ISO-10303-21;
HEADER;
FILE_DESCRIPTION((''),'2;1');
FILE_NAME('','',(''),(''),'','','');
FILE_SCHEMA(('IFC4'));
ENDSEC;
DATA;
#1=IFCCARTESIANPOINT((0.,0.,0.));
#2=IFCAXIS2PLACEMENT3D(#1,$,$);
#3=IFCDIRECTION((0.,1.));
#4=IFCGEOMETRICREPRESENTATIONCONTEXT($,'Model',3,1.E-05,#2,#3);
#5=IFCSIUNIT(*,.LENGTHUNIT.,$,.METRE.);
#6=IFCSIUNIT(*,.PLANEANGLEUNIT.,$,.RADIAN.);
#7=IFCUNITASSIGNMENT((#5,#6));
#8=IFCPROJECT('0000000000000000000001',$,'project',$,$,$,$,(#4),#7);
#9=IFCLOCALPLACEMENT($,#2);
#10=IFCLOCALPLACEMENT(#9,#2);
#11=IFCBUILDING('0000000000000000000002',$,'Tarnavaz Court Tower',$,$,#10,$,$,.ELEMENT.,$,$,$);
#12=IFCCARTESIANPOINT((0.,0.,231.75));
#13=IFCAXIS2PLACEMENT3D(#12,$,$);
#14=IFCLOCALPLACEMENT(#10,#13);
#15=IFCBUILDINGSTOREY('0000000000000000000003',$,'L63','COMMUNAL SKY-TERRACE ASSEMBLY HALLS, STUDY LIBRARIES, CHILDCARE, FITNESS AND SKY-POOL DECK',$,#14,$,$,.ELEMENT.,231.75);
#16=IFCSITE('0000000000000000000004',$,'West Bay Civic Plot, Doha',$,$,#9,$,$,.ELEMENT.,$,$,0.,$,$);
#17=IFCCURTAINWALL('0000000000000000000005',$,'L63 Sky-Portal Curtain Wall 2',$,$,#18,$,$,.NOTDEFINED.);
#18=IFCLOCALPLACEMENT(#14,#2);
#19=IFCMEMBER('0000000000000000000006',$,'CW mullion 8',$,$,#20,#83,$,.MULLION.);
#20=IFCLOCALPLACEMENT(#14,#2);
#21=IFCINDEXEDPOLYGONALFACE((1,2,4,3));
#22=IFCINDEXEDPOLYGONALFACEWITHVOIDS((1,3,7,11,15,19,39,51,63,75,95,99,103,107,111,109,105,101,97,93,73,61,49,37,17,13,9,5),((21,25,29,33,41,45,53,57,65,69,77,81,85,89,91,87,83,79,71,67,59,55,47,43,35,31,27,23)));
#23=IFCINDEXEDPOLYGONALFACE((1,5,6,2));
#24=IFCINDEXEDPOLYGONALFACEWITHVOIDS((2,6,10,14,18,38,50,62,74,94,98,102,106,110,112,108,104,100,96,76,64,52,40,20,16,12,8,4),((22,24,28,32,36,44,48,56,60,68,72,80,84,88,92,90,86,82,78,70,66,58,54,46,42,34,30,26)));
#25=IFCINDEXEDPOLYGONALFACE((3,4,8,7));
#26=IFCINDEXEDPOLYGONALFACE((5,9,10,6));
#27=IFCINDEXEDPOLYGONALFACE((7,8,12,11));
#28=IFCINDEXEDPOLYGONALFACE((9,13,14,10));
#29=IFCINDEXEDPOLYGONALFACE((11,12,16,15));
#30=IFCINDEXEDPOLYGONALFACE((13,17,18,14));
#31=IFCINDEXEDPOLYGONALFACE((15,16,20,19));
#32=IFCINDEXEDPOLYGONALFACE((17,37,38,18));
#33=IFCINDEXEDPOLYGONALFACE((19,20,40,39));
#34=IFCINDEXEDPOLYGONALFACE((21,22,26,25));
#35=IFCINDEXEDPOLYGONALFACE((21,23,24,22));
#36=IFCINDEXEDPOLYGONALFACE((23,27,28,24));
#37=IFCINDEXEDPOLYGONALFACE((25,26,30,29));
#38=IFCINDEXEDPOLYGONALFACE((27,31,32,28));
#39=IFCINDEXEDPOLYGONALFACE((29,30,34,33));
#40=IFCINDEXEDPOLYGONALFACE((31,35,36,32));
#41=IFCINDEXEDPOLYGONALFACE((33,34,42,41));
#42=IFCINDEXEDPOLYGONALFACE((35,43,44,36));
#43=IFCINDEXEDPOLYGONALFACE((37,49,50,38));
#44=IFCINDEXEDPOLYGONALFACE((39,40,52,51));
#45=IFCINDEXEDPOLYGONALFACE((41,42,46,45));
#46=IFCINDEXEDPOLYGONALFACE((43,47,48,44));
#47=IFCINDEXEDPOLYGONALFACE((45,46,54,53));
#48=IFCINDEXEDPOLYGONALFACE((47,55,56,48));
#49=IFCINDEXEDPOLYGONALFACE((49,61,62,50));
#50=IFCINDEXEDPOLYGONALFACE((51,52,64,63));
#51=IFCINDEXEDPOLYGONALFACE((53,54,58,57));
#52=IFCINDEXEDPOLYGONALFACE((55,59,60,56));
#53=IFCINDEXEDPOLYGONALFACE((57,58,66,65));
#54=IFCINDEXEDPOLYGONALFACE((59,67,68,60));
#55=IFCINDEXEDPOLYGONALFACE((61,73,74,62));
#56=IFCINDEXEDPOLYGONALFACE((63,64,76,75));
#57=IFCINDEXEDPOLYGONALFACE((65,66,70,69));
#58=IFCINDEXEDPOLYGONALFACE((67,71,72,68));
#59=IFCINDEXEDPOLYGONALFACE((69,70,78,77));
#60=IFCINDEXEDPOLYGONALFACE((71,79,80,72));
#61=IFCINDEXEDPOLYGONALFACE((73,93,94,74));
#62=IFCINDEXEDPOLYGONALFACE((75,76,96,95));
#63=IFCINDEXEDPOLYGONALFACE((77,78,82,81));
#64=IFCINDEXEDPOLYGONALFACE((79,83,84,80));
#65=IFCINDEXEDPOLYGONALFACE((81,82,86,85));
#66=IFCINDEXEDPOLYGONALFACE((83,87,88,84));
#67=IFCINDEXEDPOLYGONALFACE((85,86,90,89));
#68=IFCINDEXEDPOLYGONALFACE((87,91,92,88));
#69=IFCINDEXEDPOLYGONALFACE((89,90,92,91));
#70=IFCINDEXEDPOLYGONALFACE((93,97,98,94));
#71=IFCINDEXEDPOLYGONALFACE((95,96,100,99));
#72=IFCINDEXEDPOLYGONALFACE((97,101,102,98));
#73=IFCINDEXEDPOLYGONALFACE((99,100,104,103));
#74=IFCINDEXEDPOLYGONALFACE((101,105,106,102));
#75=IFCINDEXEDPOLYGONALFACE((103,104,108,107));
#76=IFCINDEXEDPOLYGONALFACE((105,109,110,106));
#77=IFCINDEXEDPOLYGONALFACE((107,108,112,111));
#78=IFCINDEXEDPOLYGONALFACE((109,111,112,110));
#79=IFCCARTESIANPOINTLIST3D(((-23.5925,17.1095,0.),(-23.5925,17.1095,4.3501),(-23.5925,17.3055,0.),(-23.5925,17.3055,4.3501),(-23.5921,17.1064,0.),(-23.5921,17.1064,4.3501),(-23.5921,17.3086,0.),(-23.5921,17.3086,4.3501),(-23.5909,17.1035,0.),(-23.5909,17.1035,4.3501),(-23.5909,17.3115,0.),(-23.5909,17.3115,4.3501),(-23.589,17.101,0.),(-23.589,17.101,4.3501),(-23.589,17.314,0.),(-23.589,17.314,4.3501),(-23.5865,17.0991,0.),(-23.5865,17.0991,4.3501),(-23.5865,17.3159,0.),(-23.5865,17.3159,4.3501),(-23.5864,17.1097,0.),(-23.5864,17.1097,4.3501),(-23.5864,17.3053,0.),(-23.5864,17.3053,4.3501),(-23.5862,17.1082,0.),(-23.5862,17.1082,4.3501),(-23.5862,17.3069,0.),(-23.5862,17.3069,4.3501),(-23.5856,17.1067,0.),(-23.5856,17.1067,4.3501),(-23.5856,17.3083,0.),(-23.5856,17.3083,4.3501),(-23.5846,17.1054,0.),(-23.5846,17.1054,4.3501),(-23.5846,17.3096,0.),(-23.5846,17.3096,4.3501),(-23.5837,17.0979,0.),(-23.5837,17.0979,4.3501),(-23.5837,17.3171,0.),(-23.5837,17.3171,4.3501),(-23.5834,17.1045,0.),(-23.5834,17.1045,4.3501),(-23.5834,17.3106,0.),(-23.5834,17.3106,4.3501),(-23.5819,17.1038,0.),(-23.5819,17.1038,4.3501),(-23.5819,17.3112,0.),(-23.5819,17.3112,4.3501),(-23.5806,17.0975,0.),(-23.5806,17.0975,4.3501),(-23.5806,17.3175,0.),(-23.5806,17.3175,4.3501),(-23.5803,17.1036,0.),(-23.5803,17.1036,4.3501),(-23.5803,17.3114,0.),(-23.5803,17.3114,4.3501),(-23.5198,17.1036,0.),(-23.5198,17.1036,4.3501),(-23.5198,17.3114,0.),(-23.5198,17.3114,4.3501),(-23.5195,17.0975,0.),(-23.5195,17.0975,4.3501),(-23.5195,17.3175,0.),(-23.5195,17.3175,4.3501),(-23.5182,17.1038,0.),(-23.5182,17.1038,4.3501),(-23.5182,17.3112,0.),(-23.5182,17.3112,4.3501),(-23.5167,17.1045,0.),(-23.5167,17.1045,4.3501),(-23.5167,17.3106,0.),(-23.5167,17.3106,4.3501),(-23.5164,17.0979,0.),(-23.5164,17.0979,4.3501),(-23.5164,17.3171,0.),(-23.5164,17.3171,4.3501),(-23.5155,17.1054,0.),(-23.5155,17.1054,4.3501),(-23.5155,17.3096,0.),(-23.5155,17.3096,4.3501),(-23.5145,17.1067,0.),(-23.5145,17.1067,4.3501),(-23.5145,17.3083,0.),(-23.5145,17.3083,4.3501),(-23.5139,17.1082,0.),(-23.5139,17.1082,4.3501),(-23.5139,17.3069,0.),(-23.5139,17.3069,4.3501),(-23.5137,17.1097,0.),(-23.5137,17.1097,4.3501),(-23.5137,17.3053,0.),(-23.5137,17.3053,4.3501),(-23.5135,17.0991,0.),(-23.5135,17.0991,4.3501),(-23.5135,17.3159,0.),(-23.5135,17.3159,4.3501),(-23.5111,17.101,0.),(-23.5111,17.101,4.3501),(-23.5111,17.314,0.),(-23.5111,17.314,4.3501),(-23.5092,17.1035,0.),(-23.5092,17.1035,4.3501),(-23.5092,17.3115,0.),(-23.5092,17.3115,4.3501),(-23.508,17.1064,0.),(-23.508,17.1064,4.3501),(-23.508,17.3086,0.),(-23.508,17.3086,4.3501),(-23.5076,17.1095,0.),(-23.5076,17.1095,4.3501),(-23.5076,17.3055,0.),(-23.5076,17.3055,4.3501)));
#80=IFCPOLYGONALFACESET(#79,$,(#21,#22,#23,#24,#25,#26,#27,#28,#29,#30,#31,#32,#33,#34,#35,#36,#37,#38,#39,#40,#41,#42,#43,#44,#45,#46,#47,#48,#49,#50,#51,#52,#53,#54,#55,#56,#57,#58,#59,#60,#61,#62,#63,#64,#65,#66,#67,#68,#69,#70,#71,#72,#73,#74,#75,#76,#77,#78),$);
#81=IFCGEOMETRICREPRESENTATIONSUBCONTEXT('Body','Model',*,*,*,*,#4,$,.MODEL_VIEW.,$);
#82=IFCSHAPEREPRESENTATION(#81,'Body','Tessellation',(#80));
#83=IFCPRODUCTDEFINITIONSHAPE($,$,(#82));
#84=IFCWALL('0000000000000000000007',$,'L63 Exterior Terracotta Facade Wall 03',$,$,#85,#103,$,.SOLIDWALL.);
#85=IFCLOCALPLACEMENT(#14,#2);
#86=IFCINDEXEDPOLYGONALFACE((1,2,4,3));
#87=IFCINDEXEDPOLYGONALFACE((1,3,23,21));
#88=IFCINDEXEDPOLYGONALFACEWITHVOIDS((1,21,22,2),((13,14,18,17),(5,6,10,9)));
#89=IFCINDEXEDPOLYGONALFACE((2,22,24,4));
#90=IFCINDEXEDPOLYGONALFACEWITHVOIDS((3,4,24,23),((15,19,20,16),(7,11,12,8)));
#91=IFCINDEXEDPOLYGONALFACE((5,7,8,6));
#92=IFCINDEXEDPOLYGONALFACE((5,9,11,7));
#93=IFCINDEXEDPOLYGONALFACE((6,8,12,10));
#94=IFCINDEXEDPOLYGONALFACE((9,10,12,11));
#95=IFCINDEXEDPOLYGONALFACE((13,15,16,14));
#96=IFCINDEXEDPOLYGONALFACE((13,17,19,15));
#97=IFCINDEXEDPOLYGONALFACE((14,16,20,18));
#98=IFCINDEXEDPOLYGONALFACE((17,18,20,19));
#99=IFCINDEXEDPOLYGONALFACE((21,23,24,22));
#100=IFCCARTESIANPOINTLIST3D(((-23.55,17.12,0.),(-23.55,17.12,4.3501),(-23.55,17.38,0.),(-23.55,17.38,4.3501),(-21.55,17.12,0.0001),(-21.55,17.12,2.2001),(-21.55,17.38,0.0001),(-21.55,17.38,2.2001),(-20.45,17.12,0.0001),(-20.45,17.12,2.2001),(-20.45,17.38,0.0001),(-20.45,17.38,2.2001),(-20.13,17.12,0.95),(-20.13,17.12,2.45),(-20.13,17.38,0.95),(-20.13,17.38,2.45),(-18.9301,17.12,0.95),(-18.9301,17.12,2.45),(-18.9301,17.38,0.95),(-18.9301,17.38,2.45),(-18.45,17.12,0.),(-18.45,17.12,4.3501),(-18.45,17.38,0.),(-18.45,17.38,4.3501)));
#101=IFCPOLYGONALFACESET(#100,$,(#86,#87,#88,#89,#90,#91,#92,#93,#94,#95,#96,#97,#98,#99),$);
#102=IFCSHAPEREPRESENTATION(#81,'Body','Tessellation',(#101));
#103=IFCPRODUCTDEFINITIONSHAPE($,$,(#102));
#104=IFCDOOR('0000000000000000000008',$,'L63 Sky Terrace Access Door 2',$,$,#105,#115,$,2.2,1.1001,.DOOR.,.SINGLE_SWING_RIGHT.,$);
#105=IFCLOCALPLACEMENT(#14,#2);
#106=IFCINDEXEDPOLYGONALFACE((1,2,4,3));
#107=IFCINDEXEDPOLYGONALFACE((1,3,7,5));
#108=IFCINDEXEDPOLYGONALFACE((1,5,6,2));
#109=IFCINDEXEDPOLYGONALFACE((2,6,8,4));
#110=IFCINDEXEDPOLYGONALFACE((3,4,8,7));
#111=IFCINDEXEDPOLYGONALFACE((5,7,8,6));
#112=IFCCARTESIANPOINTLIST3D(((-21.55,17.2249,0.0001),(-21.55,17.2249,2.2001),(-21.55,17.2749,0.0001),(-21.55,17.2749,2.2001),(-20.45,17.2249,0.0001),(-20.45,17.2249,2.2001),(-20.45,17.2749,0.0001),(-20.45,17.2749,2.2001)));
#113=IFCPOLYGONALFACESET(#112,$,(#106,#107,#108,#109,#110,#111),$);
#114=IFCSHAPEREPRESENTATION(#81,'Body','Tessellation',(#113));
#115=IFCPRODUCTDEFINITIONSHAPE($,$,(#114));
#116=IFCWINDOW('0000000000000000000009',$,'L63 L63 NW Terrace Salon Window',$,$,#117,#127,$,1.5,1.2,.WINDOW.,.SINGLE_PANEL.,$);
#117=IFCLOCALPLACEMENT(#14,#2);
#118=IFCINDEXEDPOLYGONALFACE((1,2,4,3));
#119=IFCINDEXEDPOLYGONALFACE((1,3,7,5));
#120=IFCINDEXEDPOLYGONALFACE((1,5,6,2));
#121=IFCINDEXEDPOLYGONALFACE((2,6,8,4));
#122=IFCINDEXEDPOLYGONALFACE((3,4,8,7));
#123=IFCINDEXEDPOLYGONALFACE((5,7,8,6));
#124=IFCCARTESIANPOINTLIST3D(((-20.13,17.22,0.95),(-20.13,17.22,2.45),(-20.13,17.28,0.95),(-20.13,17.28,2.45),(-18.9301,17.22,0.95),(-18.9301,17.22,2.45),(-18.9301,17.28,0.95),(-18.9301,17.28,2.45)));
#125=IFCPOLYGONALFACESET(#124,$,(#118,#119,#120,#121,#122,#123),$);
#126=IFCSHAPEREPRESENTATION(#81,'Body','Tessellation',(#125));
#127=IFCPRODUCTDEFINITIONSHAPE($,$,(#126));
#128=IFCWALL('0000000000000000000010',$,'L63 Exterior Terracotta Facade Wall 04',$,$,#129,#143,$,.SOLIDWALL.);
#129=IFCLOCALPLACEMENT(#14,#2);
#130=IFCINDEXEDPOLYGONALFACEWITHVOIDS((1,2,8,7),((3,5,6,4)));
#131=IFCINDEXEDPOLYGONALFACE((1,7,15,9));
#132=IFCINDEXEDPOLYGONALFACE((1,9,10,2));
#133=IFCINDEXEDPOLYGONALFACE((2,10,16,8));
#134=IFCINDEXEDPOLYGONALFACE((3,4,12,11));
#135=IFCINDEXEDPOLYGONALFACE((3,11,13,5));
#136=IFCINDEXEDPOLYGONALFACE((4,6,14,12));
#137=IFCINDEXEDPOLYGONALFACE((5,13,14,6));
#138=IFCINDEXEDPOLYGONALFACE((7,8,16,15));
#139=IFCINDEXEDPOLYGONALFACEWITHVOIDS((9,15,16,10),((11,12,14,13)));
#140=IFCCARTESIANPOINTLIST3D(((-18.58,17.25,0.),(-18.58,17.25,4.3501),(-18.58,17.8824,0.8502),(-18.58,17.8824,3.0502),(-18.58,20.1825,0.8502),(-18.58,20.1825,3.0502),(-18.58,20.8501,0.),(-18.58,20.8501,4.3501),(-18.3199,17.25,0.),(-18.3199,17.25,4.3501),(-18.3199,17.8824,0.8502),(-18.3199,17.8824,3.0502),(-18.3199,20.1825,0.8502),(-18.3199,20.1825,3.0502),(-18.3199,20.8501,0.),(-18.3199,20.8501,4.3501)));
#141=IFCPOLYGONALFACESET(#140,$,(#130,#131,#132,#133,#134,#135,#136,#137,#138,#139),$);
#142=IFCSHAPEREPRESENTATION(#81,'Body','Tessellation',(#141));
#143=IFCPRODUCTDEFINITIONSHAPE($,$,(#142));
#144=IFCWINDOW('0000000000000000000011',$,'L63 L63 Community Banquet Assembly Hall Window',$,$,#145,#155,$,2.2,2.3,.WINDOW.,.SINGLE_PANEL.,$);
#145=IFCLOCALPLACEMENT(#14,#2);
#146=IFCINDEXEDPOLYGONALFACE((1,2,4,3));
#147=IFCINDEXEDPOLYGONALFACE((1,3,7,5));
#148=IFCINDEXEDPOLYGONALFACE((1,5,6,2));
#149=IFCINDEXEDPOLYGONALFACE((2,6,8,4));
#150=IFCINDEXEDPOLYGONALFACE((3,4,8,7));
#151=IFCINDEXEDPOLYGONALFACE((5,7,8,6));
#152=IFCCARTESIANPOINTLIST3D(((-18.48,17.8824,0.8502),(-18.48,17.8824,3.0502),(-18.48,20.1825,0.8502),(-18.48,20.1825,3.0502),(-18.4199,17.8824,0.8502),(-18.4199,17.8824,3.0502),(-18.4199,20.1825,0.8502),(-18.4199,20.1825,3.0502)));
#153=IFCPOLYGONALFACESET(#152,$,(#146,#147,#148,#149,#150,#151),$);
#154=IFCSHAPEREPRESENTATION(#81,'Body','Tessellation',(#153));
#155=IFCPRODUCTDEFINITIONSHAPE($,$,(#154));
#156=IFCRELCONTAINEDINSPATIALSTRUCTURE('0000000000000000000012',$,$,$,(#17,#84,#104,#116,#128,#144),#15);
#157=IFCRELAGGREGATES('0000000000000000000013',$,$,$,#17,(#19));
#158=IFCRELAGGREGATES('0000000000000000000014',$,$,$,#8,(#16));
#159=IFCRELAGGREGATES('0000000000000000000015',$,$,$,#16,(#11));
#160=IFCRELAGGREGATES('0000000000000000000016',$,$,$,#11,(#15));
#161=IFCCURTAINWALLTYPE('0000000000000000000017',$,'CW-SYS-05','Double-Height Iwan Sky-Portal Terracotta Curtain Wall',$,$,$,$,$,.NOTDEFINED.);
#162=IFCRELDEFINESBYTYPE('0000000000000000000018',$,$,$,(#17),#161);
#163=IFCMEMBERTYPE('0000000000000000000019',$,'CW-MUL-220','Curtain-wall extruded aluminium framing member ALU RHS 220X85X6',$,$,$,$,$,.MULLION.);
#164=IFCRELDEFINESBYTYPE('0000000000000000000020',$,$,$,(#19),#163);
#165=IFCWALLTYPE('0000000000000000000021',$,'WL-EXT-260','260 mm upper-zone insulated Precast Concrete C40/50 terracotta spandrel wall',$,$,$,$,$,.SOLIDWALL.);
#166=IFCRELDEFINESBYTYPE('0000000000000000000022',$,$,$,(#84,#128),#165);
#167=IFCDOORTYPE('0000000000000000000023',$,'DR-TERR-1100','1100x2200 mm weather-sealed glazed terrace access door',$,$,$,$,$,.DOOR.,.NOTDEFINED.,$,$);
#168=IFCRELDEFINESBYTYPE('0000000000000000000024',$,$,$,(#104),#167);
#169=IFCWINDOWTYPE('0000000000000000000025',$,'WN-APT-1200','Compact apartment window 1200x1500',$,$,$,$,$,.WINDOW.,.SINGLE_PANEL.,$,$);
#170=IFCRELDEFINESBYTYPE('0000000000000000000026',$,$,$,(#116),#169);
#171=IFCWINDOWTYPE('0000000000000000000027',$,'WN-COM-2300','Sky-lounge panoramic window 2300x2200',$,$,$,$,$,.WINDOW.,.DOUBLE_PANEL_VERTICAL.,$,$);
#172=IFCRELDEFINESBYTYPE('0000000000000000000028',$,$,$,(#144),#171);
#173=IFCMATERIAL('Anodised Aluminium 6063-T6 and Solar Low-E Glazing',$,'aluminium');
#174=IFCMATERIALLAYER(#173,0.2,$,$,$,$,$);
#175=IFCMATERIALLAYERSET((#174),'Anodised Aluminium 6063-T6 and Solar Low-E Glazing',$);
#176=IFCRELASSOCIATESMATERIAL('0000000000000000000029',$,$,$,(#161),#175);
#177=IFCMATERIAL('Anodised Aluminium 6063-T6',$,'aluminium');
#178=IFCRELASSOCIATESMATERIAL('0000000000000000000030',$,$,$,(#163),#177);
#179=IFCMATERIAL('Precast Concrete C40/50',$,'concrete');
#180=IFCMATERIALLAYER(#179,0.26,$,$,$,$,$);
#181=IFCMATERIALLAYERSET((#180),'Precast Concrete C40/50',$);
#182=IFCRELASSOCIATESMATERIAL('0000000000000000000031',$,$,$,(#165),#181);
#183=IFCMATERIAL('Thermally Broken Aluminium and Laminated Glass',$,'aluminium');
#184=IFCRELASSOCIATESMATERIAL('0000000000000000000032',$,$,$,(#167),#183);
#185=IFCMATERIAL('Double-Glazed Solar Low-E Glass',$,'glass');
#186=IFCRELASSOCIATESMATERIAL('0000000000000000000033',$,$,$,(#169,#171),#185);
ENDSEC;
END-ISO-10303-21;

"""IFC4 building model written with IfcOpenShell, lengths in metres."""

from ifc_helpers import new_model, si_unit, direction, frame, frame_2d, origin, origin_2d, place, context, subcontext, project, spatial, rectangle, hollow_rectangle, extrude, material, layer, layer_set, material_profile, profile_set, type_object, element, fill, aggregate, save


model = new_model("IFC4")

# Units and contexts
model_context = context("Model", 3, precision=1e-05, world=origin(), true_north=direction((0.0, 1.0)))
body_context = subcontext(model_context, "Body", "Model", "MODEL_VIEW")
ifc_project = project(units=[si_unit("LENGTHUNIT", "METRE"), si_unit("PLANEANGLEUNIT", "RADIAN")], contexts=[model_context])

# Site, building, storey
site_placement = place(None, origin())
site = spatial("IfcSite", under=ifc_project, at=site_placement, Name="West Bay Civic Plot, Doha", CompositionType="ELEMENT", RefElevation=0.0)
building_placement = place(site_placement, origin())
building = spatial("IfcBuilding", under=site, at=building_placement, Name="Tarnavaz Court Tower", CompositionType="ELEMENT")
storey_placement = place(building_placement, frame((0.0, 0.0, 231.75)))
storey = spatial("IfcBuildingStorey", under=building, at=storey_placement, Name="L63", Description="COMMUNAL SKY-TERRACE ASSEMBLY HALLS, STUDY LIBRARIES, CHILDCARE, FITNESS AND SKY-POOL DECK", CompositionType="ELEMENT", Elevation=231.75)

# Curtain wall, member
ifc_material_1 = material(Name="Anodised Aluminium 6063-T6 and Solar Low-E Glazing", Category="aluminium")
ifc_layer_1 = layer(ifc_material_1, 0.2)
ifc_layer_set_1 = layer_set([ifc_layer_1], Name="Anodised Aluminium 6063-T6 and Solar Low-E Glazing")
curtain_wall_type = type_object("IfcCurtainWallType", Name="CW-SYS-05", Description="Double-Height Iwan Sky-Portal Terracotta Curtain Wall", PredefinedType="NOTDEFINED", material=ifc_layer_set_1)
curtain_wall_placement = place(storey_placement, origin())
curtain_wall = element("IfcCurtainWall", 1, at=curtain_wall_placement, inside=storey, type_object=curtain_wall_type, Name="L63 Sky-Portal Curtain Wall 2", PredefinedType="NOTDEFINED")
ifc_material_2 = material(Name="Anodised Aluminium 6063-T6", Category="aluminium")
ifc_material_profile_1 = material_profile(ifc_material_2, hollow_rectangle(XDim=0.085, YDim=0.22, WallThickness=0.0061, InnerFilletRadius=0.0061, OuterFilletRadius=0.012, at=origin_2d()), Name="ALU RHS 220X85X6")
ifc_profile_set_1 = profile_set([ifc_material_profile_1], Name="Anodised Aluminium 6063-T6")
member_type = type_object("IfcMemberType", Name="CW-MUL-220", Description="Curtain-wall extruded aluminium framing member ALU RHS 220X85X6", PredefinedType="MULLION", material=ifc_profile_set_1)
member_placement = place(storey_placement, frame((-23.55, 17.2075, 0.0), z_axis=(0.0, 0.0, 1.0), x_axis=(-1.0, 0.0, 0.0)))
member = element("IfcMember", 2, at=member_placement, type_object=member_type, Name="CW mullion 8", PredefinedType="MULLION", context=body_context, shape_type="SweptSolid", body=[
    extrude(hollow_rectangle(XDim=0.085, YDim=0.22, WallThickness=0.0061, InnerFilletRadius=0.0061, OuterFilletRadius=0.012, at=origin_2d()), origin(), (0.0, 0.0, 1.0), 4.3501),
])
aggregate(curtain_wall, [member])

# Wall, openings, door, window
ifc_material_3 = material(Name="Precast Concrete C40/50", Category="concrete")
ifc_layer_2 = layer(ifc_material_3, 0.26)
ifc_layer_set_2 = layer_set([ifc_layer_2], Name="Precast Concrete C40/50")
wall_type = type_object("IfcWallType", Name="WL-EXT-260", Description="260 mm upper-zone insulated Precast Concrete C40/50 terracotta spandrel wall", PredefinedType="SOLIDWALL", material=ifc_layer_set_2)
wall_1_placement = place(storey_placement, frame((-23.55, 17.25, 0.0), z_axis=(0.0, 0.0, 1.0), x_axis=(1.0, 0.0, 0.0)))
wall_1 = element("IfcWall", 3, at=wall_1_placement, inside=storey, type_object=wall_type, Name="L63 Exterior Terracotta Facade Wall 03", PredefinedType="SOLIDWALL", context=body_context, shape_type="SweptSolid", body=[
    extrude(rectangle(XDim=5.1001, YDim=0.26, at=frame_2d((2.55, 0.0))), origin(), (0.0, 0.0, 1.0), 4.3501),
])
opening_1_placement = place(wall_1_placement, frame((2.0, 0.0, 0.0)))
opening_1 = element("IfcOpeningElement", 4, at=opening_1_placement, cuts=wall_1, PredefinedType="OPENING", context=body_context, shape_type="SweptSolid", body=[
    extrude(rectangle(XDim=1.1001, YDim=2.2, at=frame_2d((0.55, 1.1001))), frame((0.0, 0.1399, 0.0), z_axis=(0.0, -1.0, 0.0), x_axis=(1.0, 0.0, 0.0)), (0.0, 0.0, 1.0), 0.28),
])
opening_2_placement = place(wall_1_placement, frame((3.4199, 0.0, 0.95)))
opening_2 = element("IfcOpeningElement", 5, at=opening_2_placement, cuts=wall_1, PredefinedType="OPENING", context=body_context, shape_type="SweptSolid", body=[
    extrude(rectangle(XDim=1.2, YDim=1.5, at=frame_2d((0.6001, 0.75))), frame((0.0, 0.1399, 0.0), z_axis=(0.0, -1.0, 0.0), x_axis=(1.0, 0.0, 0.0)), (0.0, 0.0, 1.0), 0.28),
])
ifc_material_4 = material(Name="Thermally Broken Aluminium and Laminated Glass", Category="aluminium")
door_type = type_object("IfcDoorType", Name="DR-TERR-1100", Description="1100x2200 mm weather-sealed glazed terrace access door", OperationType="NOTDEFINED", PredefinedType="DOOR", material=ifc_material_4)
door_placement = place(opening_1_placement, origin())
door = element("IfcDoor", 6, at=door_placement, inside=storey, type_object=door_type, Name="L63 Sky Terrace Access Door 2", OperationType="SINGLE_SWING_RIGHT", OverallHeight=2.2, OverallWidth=1.1001, PredefinedType="DOOR", context=body_context, shape_type="SweptSolid", body=[
    extrude(rectangle(XDim=1.1001, YDim=2.2, at=frame_2d((0.55, 1.1001))), frame((0.0, 0.0249, 0.0), z_axis=(0.0, -1.0, 0.0), x_axis=(1.0, 0.0, 0.0)), (0.0, 0.0, 1.0), 0.05),
])
fill(opening_1, door)
ifc_material_5 = material(Name="Double-Glazed Solar Low-E Glass", Category="glass")
window_type_1 = type_object("IfcWindowType", Name="WN-APT-1200", Description="Compact apartment window 1200x1500", PartitioningType="SINGLE_PANEL", PredefinedType="WINDOW", material=ifc_material_5)
window_1_placement = place(opening_2_placement, origin())
window_1 = element("IfcWindow", 7, at=window_1_placement, inside=storey, type_object=window_type_1, Name="L63 L63 NW Terrace Salon Window", OverallHeight=1.5, OverallWidth=1.2, PartitioningType="SINGLE_PANEL", PredefinedType="WINDOW", context=body_context, shape_type="SweptSolid", body=[
    extrude(rectangle(XDim=1.2, YDim=1.5, at=frame_2d((0.6001, 0.75))), frame((0.0, 0.03, 0.0), z_axis=(0.0, -1.0, 0.0), x_axis=(1.0, 0.0, 0.0)), (0.0, 0.0, 1.0), 0.0601),
])
fill(opening_2, window_1)

# Wall, opening, window
wall_2_placement = place(storey_placement, frame((-18.45, 17.25, 0.0), z_axis=(0.0, 0.0, 1.0), x_axis=(0.0, 1.0, 0.0)))
wall_2 = element("IfcWall", 8, at=wall_2_placement, inside=storey, type_object=wall_type, Name="L63 Exterior Terracotta Facade Wall 04", PredefinedType="SOLIDWALL", context=body_context, shape_type="SweptSolid", body=[
    extrude(rectangle(XDim=3.6001, YDim=0.26, at=frame_2d((1.8, 0.0))), origin(), (0.0, 0.0, 1.0), 4.3501),
])
opening_3_placement = place(wall_2_placement, frame((0.6326, 0.0, 0.8501)))
opening_3 = element("IfcOpeningElement", 9, at=opening_3_placement, cuts=wall_2, PredefinedType="OPENING", context=body_context, shape_type="SweptSolid", body=[
    extrude(rectangle(XDim=2.3, YDim=2.2, at=frame_2d((1.1499, 1.1001))), frame((0.0, 0.1399, 0.0), z_axis=(0.0, -1.0, 0.0), x_axis=(1.0, 0.0, 0.0)), (0.0, 0.0, 1.0), 0.28),
])
window_type_2 = type_object("IfcWindowType", Name="WN-COM-2300", Description="Sky-lounge panoramic window 2300x2200", PartitioningType="DOUBLE_PANEL_VERTICAL", PredefinedType="WINDOW", material=ifc_material_5)
window_2_placement = place(opening_3_placement, origin())
window_2 = element("IfcWindow", 10, at=window_2_placement, inside=storey, type_object=window_type_2, Name="L63 L63 Community Banquet Assembly Hall Window", OverallHeight=2.2, OverallWidth=2.3, PartitioningType="SINGLE_PANEL", PredefinedType="WINDOW", context=body_context, shape_type="SweptSolid", body=[
    extrude(rectangle(XDim=2.3, YDim=2.2, at=frame_2d((1.1499, 1.1001))), frame((0.0, 0.03, 0.0), z_axis=(0.0, -1.0, 0.0), x_axis=(1.0, 0.0, 0.0)), (0.0, 0.0, 1.0), 0.0601),
])
fill(opening_3, window_2)

save(model, "model.ifc")
